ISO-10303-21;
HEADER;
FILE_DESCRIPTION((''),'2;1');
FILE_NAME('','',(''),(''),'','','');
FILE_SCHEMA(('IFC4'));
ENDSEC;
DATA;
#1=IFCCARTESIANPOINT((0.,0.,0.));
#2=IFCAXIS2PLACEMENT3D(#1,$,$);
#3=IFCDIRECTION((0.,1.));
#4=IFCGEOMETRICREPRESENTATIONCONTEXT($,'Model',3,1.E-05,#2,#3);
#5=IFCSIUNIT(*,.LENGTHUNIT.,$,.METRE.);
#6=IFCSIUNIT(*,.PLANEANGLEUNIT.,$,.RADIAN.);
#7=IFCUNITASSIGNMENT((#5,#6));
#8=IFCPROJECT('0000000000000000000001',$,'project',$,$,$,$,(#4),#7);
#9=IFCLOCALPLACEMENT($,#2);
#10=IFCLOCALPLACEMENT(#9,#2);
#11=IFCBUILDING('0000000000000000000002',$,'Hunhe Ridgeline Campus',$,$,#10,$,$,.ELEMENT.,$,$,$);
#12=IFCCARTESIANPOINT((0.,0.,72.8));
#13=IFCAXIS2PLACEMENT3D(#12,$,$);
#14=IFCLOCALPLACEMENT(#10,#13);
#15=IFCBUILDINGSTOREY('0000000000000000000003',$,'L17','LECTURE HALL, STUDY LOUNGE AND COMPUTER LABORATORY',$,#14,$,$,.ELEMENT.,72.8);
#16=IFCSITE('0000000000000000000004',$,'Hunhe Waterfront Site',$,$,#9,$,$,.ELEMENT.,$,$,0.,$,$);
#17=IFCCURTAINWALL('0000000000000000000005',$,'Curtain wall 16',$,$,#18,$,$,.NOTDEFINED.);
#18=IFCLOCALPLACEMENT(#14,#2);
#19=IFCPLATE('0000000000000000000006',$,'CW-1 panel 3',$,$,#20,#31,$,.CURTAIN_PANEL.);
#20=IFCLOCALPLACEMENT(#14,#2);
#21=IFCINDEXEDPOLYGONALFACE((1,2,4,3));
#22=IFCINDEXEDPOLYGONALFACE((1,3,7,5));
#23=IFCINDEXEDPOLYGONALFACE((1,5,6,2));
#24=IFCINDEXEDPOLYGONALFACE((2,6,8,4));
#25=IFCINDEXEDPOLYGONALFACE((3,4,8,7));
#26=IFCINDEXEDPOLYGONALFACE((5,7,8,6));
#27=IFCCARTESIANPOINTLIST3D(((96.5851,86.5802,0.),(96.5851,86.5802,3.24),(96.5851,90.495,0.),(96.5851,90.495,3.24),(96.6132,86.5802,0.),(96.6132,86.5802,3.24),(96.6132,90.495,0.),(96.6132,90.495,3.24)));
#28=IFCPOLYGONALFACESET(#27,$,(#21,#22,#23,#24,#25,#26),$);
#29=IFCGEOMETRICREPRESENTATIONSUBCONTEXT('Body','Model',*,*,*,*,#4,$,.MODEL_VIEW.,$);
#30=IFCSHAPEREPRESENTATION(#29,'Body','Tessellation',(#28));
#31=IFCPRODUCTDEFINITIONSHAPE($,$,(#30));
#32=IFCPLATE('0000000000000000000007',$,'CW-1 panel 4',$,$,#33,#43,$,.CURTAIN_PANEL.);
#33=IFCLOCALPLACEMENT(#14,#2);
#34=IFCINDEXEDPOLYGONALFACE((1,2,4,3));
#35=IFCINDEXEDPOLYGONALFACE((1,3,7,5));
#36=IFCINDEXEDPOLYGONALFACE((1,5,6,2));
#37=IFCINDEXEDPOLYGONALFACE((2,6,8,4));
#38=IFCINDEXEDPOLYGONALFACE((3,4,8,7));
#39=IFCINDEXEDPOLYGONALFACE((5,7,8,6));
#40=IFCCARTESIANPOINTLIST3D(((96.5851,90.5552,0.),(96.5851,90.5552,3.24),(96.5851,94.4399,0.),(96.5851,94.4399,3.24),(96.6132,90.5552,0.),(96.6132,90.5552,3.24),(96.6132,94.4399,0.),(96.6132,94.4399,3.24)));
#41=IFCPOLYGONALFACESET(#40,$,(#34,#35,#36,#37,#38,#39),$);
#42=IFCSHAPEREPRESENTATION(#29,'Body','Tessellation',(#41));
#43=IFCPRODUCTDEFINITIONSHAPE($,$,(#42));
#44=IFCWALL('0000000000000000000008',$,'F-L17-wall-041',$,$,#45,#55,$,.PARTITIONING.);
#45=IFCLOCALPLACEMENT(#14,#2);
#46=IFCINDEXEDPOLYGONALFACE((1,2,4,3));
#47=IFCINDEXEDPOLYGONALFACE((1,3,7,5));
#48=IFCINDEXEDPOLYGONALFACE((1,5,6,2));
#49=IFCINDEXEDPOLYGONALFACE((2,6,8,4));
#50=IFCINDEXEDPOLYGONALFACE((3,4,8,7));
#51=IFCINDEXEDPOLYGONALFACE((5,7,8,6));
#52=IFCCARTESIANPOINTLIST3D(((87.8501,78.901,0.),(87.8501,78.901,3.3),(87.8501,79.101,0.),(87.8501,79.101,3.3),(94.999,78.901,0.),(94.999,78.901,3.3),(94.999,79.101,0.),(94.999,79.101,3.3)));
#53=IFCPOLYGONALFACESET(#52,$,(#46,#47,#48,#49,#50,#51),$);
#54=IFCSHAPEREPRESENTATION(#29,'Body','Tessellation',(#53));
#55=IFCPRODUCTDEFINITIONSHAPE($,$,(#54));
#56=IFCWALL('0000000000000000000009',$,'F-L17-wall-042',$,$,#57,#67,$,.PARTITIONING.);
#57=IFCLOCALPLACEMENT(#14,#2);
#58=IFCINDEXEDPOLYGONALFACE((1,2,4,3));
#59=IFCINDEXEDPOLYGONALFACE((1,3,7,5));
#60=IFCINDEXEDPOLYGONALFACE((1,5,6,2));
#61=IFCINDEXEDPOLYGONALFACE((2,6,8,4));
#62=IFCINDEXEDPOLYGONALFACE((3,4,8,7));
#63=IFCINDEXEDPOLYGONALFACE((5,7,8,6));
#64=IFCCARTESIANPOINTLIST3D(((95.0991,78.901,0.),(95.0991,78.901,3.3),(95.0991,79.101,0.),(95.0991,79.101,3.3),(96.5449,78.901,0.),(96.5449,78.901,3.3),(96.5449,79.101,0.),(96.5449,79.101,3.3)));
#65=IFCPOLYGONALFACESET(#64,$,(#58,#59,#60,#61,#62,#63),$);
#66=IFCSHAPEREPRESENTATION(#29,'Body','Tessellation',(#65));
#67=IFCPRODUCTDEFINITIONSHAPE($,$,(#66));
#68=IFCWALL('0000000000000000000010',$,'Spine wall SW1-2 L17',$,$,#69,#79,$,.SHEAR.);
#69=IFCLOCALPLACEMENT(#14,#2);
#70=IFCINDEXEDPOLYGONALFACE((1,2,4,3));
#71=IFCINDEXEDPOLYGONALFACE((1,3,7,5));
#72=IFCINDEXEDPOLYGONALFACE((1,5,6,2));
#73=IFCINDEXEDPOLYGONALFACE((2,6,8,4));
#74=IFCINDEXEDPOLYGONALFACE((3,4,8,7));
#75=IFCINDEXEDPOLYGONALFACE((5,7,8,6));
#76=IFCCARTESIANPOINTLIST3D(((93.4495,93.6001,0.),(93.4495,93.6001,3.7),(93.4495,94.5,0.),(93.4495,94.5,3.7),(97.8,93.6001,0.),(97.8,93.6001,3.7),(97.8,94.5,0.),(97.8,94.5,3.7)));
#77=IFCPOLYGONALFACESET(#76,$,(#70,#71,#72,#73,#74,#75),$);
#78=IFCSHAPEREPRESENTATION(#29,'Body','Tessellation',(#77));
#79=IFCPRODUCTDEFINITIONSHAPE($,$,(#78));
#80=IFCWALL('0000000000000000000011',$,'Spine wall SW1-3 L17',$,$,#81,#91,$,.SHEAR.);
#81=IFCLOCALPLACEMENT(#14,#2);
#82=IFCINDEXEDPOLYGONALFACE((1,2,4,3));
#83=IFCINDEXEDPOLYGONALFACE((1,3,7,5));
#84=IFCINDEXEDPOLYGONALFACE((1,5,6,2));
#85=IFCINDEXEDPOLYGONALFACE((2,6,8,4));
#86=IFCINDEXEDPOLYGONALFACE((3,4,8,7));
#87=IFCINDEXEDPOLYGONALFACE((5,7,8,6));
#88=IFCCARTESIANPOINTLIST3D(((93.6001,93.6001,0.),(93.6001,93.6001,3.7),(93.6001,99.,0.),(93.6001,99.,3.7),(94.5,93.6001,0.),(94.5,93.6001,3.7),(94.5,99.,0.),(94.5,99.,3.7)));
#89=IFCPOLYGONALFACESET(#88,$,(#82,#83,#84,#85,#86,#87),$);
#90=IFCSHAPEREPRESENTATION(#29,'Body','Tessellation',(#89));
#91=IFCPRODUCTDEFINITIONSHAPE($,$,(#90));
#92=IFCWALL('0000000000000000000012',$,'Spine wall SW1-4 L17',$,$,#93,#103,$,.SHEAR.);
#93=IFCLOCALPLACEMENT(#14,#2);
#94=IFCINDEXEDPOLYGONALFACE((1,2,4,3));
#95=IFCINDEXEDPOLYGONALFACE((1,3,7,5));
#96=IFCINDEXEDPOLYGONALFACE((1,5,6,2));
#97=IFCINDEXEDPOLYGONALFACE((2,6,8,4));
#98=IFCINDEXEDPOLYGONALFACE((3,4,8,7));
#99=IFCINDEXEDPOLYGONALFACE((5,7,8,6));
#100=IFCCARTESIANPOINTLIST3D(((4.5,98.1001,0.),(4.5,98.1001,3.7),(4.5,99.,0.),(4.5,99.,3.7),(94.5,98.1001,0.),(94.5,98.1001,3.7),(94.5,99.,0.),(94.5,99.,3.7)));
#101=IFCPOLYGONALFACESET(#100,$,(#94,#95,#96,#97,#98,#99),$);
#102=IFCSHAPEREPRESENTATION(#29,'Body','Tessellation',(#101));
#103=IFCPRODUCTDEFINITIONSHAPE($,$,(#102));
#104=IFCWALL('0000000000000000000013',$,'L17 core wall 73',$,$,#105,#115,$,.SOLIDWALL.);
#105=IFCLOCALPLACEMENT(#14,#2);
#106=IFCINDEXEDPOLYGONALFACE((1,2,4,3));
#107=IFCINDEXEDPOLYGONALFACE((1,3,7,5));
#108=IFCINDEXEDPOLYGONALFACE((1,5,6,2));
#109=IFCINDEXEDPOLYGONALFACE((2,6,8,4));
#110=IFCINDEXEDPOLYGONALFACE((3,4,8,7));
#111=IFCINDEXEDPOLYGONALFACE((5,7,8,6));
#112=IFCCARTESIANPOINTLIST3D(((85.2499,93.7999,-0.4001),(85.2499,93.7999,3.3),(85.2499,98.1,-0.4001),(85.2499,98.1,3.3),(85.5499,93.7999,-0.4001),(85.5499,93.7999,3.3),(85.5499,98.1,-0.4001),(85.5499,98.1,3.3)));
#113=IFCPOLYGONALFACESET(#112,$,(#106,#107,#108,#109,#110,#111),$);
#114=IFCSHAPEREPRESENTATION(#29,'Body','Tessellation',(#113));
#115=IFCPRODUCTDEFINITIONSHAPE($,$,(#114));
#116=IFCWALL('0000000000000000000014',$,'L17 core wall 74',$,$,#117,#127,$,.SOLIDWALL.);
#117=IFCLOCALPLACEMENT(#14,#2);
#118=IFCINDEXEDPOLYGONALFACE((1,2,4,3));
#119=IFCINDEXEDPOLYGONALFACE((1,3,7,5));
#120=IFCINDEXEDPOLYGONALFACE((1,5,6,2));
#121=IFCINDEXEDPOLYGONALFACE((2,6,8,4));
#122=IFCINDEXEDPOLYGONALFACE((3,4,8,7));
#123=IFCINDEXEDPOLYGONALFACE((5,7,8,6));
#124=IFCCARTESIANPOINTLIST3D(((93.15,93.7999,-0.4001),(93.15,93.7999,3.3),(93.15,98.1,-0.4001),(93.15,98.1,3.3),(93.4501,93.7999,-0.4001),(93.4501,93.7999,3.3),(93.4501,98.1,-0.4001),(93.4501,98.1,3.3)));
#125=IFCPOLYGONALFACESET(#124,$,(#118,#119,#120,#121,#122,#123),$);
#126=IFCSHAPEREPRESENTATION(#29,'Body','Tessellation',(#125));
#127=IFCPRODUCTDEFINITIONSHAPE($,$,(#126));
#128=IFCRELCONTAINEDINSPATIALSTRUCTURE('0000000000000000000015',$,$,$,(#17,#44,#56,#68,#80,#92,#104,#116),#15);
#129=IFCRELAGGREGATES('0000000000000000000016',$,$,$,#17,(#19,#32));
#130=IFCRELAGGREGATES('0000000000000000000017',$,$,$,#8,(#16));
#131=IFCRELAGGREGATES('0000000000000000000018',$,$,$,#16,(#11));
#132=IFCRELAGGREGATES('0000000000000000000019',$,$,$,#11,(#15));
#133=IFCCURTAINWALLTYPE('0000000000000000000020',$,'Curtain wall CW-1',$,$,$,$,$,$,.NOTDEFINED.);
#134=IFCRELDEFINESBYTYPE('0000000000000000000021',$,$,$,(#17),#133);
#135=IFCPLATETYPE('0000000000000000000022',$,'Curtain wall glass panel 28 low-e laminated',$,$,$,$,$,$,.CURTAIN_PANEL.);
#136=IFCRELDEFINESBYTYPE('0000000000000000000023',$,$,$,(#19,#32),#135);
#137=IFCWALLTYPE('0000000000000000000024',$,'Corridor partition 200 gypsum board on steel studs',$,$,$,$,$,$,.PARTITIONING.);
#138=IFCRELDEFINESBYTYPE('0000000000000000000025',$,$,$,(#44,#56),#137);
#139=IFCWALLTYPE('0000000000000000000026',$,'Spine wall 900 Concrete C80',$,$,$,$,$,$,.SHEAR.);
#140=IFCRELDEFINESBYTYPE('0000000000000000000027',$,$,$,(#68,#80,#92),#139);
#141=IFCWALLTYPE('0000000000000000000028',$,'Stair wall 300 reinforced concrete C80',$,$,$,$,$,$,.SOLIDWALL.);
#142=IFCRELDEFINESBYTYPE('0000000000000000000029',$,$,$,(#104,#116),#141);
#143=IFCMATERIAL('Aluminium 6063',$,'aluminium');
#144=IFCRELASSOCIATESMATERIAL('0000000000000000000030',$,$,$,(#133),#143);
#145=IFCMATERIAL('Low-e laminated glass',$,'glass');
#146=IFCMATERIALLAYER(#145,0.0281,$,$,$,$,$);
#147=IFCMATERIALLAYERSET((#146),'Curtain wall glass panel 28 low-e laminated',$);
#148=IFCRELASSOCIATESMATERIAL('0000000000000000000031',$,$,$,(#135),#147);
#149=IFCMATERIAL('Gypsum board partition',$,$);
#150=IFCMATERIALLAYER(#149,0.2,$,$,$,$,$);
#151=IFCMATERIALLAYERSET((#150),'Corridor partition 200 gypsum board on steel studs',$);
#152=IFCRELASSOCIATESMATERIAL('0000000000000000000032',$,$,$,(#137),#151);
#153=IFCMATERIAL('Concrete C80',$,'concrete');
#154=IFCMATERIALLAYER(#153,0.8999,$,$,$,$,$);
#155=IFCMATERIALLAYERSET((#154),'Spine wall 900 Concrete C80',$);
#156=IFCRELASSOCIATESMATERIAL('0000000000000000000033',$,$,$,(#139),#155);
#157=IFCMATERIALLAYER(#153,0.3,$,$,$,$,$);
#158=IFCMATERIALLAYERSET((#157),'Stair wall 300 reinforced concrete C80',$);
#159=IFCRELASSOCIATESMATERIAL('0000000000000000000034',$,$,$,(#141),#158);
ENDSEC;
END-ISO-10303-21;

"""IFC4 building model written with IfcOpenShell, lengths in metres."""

from ifc_helpers import new_model, si_unit, direction, frame, frame_2d, origin, origin_2d, place, context, subcontext, project, spatial, rectangle, extrude, material, layer, layer_set, type_object, element, aggregate, save


model = new_model("IFC4")

# Units and contexts
model_context = context("Model", 3, precision=1e-05, world=origin(), true_north=direction((0.0, 1.0)))
body_context = subcontext(model_context, "Body", "Model", "MODEL_VIEW")
ifc_project = project(units=[si_unit("LENGTHUNIT", "METRE"), si_unit("PLANEANGLEUNIT", "RADIAN")], contexts=[model_context])

# Site, building, storey
site_placement = place(None, origin())
site = spatial("IfcSite", under=ifc_project, at=site_placement, Name="Hunhe Waterfront Site", CompositionType="ELEMENT", RefElevation=0.0)
building_placement = place(site_placement, origin())
building = spatial("IfcBuilding", under=site, at=building_placement, Name="Hunhe Ridgeline Campus", CompositionType="ELEMENT")
storey_placement = place(building_placement, frame((0.0, 0.0, 72.8)))
storey = spatial("IfcBuildingStorey", under=building, at=storey_placement, Name="L17", Description="LECTURE HALL, STUDY LOUNGE AND COMPUTER LABORATORY", CompositionType="ELEMENT", Elevation=72.8)

# Shared definitions
ifc_material_1 = material(Name="Concrete C80", Category="concrete")

# Curtain wall
ifc_material_2 = material(Name="Aluminium 6063", Category="aluminium")
curtain_wall_type = type_object("IfcCurtainWallType", Name="Curtain wall CW-1", PredefinedType="NOTDEFINED", material=ifc_material_2)
curtain_wall_placement = place(storey_placement, origin())
curtain_wall = element("IfcCurtainWall", 1, at=curtain_wall_placement, inside=storey, type_object=curtain_wall_type, Name="Curtain wall 16", PredefinedType="NOTDEFINED")

# Plates
ifc_material_3 = material(Name="Low-e laminated glass", Category="glass")
ifc_layer_1 = layer(ifc_material_3, 0.0281)
ifc_layer_set_1 = layer_set([ifc_layer_1], Name="Curtain wall glass panel 28 low-e laminated")
plate_type = type_object("IfcPlateType", Name="Curtain wall glass panel 28 low-e laminated", PredefinedType="CURTAIN_PANEL", material=ifc_layer_set_1)
plate_1_placement = place(storey_placement, frame((96.5991, 88.5376, 0.0), z_axis=(0.0, 0.0, 1.0), x_axis=(0.0, 1.0, 0.0)))
plate_1 = element("IfcPlate", 2, at=plate_1_placement, type_object=plate_type, Name="CW-1 panel 3", PredefinedType="CURTAIN_PANEL", context=body_context, shape_type="SweptSolid", body=[
    extrude(rectangle(XDim=3.9148, YDim=0.0281, at=origin_2d()), origin(), (0.0, 0.0, 1.0), 3.24),
])
plate_2_placement = place(storey_placement, frame((96.5991, 92.4976, 0.0), z_axis=(0.0, 0.0, 1.0), x_axis=(0.0, 1.0, 0.0)))
plate_2 = element("IfcPlate", 3, at=plate_2_placement, type_object=plate_type, Name="CW-1 panel 4", PredefinedType="CURTAIN_PANEL", context=body_context, shape_type="SweptSolid", body=[
    extrude(rectangle(XDim=3.8848, YDim=0.0281, at=origin_2d()), origin(), (0.0, 0.0, 1.0), 3.24),
])
aggregate(curtain_wall, [plate_1, plate_2])

# Walls
ifc_material_4 = material(Name="Gypsum board partition")
ifc_layer_2 = layer(ifc_material_4, 0.2)
ifc_layer_set_2 = layer_set([ifc_layer_2], Name="Corridor partition 200 gypsum board on steel studs")
wall_type_1 = type_object("IfcWallType", Name="Corridor partition 200 gypsum board on steel studs", PredefinedType="PARTITIONING", material=ifc_layer_set_2)
wall_1_placement = place(storey_placement, frame((87.8501, 79.001, 0.0), z_axis=(0.0, 0.0, 1.0), x_axis=(1.0, 0.0, 0.0)))
element("IfcWall", 4, at=wall_1_placement, inside=storey, type_object=wall_type_1, Name="F-L17-wall-041", PredefinedType="PARTITIONING", context=body_context, shape_type="SweptSolid", body=[
    extrude(rectangle(XDim=7.1489, YDim=0.2, at=frame_2d((3.5745, 0.0))), origin(), (0.0, 0.0, 1.0), 3.3),
])
wall_2_placement = place(storey_placement, frame((95.0991, 79.001, 0.0), z_axis=(0.0, 0.0, 1.0), x_axis=(1.0, 0.0, 0.0)))
element("IfcWall", 5, at=wall_2_placement, inside=storey, type_object=wall_type_1, Name="F-L17-wall-042", PredefinedType="PARTITIONING", context=body_context, shape_type="SweptSolid", body=[
    extrude(rectangle(XDim=1.4458, YDim=0.2, at=frame_2d((0.7229, 0.0))), origin(), (0.0, 0.0, 1.0), 3.3),
])

# Walls
ifc_layer_3 = layer(ifc_material_1, 0.8999)
ifc_layer_set_3 = layer_set([ifc_layer_3], Name="Spine wall 900 Concrete C80")
wall_type_2 = type_object("IfcWallType", Name="Spine wall 900 Concrete C80", PredefinedType="SHEAR", material=ifc_layer_set_3)
wall_3_placement = place(storey_placement, frame((97.8, 94.05, 0.0), z_axis=(0.0, 0.0, 1.0), x_axis=(-1.0, 0.0, 0.0)))
element("IfcWall", 6, at=wall_3_placement, inside=storey, type_object=wall_type_2, Name="Spine wall SW1-2 L17", PredefinedType="SHEAR", context=body_context, shape_type="SweptSolid", body=[
    extrude(rectangle(XDim=4.3506, YDim=0.8999, at=frame_2d((2.1753, 0.0))), origin(), (0.0, 0.0, 1.0), 3.7),
])
wall_4_placement = place(storey_placement, frame((94.05, 93.6001, 0.0), z_axis=(0.0, 0.0, 1.0), x_axis=(0.0, 1.0, 0.0)))
element("IfcWall", 7, at=wall_4_placement, inside=storey, type_object=wall_type_2, Name="Spine wall SW1-3 L17", PredefinedType="SHEAR", context=body_context, shape_type="SweptSolid", body=[
    extrude(rectangle(XDim=5.3999, YDim=0.8999, at=frame_2d((2.7, 0.0))), origin(), (0.0, 0.0, 1.0), 3.7),
])
wall_5_placement = place(storey_placement, frame((94.5, 98.55, 0.0), z_axis=(0.0, 0.0, 1.0), x_axis=(-1.0, 0.0, 0.0)))
element("IfcWall", 8, at=wall_5_placement, inside=storey, type_object=wall_type_2, Name="Spine wall SW1-4 L17", PredefinedType="SHEAR", context=body_context, shape_type="SweptSolid", body=[
    extrude(rectangle(XDim=90.0, YDim=0.8999, at=frame_2d((45.0, 0.0))), origin(), (0.0, 0.0, 1.0), 3.7),
])

# Shared definitions
ifc_layer_4 = layer(ifc_material_1, 0.3)
ifc_layer_set_4 = layer_set([ifc_layer_4], Name="Stair wall 300 reinforced concrete C80")
wall_type_3 = type_object("IfcWallType", Name="Stair wall 300 reinforced concrete C80", PredefinedType="SOLIDWALL", material=ifc_layer_set_4)

# Walls
for number, where, z_axis, x_axis, name in (
    (9, (85.3999, 93.8, -0.4001), (0.0, 0.0, 1.0), (0.0, 1.0, 0.0), "L17 core wall 73"),
    (10, (93.3, 93.8, -0.4001), (0.0, 0.0, 1.0), (0.0, 1.0, 0.0), "L17 core wall 74"),
):
    element("IfcWall", number, at=place(storey_placement, frame(where, z_axis=z_axis, x_axis=x_axis)), inside=storey, type_object=wall_type_3, Name=name, PredefinedType="SOLIDWALL", context=body_context, shape_type="SweptSolid", body=[
        extrude(rectangle(XDim=4.3, YDim=0.3, at=frame_2d((2.1499, 0.0))), origin(), (0.0, 0.0, 1.0), 3.7002),
    ])

save(model, "model.ifc")
